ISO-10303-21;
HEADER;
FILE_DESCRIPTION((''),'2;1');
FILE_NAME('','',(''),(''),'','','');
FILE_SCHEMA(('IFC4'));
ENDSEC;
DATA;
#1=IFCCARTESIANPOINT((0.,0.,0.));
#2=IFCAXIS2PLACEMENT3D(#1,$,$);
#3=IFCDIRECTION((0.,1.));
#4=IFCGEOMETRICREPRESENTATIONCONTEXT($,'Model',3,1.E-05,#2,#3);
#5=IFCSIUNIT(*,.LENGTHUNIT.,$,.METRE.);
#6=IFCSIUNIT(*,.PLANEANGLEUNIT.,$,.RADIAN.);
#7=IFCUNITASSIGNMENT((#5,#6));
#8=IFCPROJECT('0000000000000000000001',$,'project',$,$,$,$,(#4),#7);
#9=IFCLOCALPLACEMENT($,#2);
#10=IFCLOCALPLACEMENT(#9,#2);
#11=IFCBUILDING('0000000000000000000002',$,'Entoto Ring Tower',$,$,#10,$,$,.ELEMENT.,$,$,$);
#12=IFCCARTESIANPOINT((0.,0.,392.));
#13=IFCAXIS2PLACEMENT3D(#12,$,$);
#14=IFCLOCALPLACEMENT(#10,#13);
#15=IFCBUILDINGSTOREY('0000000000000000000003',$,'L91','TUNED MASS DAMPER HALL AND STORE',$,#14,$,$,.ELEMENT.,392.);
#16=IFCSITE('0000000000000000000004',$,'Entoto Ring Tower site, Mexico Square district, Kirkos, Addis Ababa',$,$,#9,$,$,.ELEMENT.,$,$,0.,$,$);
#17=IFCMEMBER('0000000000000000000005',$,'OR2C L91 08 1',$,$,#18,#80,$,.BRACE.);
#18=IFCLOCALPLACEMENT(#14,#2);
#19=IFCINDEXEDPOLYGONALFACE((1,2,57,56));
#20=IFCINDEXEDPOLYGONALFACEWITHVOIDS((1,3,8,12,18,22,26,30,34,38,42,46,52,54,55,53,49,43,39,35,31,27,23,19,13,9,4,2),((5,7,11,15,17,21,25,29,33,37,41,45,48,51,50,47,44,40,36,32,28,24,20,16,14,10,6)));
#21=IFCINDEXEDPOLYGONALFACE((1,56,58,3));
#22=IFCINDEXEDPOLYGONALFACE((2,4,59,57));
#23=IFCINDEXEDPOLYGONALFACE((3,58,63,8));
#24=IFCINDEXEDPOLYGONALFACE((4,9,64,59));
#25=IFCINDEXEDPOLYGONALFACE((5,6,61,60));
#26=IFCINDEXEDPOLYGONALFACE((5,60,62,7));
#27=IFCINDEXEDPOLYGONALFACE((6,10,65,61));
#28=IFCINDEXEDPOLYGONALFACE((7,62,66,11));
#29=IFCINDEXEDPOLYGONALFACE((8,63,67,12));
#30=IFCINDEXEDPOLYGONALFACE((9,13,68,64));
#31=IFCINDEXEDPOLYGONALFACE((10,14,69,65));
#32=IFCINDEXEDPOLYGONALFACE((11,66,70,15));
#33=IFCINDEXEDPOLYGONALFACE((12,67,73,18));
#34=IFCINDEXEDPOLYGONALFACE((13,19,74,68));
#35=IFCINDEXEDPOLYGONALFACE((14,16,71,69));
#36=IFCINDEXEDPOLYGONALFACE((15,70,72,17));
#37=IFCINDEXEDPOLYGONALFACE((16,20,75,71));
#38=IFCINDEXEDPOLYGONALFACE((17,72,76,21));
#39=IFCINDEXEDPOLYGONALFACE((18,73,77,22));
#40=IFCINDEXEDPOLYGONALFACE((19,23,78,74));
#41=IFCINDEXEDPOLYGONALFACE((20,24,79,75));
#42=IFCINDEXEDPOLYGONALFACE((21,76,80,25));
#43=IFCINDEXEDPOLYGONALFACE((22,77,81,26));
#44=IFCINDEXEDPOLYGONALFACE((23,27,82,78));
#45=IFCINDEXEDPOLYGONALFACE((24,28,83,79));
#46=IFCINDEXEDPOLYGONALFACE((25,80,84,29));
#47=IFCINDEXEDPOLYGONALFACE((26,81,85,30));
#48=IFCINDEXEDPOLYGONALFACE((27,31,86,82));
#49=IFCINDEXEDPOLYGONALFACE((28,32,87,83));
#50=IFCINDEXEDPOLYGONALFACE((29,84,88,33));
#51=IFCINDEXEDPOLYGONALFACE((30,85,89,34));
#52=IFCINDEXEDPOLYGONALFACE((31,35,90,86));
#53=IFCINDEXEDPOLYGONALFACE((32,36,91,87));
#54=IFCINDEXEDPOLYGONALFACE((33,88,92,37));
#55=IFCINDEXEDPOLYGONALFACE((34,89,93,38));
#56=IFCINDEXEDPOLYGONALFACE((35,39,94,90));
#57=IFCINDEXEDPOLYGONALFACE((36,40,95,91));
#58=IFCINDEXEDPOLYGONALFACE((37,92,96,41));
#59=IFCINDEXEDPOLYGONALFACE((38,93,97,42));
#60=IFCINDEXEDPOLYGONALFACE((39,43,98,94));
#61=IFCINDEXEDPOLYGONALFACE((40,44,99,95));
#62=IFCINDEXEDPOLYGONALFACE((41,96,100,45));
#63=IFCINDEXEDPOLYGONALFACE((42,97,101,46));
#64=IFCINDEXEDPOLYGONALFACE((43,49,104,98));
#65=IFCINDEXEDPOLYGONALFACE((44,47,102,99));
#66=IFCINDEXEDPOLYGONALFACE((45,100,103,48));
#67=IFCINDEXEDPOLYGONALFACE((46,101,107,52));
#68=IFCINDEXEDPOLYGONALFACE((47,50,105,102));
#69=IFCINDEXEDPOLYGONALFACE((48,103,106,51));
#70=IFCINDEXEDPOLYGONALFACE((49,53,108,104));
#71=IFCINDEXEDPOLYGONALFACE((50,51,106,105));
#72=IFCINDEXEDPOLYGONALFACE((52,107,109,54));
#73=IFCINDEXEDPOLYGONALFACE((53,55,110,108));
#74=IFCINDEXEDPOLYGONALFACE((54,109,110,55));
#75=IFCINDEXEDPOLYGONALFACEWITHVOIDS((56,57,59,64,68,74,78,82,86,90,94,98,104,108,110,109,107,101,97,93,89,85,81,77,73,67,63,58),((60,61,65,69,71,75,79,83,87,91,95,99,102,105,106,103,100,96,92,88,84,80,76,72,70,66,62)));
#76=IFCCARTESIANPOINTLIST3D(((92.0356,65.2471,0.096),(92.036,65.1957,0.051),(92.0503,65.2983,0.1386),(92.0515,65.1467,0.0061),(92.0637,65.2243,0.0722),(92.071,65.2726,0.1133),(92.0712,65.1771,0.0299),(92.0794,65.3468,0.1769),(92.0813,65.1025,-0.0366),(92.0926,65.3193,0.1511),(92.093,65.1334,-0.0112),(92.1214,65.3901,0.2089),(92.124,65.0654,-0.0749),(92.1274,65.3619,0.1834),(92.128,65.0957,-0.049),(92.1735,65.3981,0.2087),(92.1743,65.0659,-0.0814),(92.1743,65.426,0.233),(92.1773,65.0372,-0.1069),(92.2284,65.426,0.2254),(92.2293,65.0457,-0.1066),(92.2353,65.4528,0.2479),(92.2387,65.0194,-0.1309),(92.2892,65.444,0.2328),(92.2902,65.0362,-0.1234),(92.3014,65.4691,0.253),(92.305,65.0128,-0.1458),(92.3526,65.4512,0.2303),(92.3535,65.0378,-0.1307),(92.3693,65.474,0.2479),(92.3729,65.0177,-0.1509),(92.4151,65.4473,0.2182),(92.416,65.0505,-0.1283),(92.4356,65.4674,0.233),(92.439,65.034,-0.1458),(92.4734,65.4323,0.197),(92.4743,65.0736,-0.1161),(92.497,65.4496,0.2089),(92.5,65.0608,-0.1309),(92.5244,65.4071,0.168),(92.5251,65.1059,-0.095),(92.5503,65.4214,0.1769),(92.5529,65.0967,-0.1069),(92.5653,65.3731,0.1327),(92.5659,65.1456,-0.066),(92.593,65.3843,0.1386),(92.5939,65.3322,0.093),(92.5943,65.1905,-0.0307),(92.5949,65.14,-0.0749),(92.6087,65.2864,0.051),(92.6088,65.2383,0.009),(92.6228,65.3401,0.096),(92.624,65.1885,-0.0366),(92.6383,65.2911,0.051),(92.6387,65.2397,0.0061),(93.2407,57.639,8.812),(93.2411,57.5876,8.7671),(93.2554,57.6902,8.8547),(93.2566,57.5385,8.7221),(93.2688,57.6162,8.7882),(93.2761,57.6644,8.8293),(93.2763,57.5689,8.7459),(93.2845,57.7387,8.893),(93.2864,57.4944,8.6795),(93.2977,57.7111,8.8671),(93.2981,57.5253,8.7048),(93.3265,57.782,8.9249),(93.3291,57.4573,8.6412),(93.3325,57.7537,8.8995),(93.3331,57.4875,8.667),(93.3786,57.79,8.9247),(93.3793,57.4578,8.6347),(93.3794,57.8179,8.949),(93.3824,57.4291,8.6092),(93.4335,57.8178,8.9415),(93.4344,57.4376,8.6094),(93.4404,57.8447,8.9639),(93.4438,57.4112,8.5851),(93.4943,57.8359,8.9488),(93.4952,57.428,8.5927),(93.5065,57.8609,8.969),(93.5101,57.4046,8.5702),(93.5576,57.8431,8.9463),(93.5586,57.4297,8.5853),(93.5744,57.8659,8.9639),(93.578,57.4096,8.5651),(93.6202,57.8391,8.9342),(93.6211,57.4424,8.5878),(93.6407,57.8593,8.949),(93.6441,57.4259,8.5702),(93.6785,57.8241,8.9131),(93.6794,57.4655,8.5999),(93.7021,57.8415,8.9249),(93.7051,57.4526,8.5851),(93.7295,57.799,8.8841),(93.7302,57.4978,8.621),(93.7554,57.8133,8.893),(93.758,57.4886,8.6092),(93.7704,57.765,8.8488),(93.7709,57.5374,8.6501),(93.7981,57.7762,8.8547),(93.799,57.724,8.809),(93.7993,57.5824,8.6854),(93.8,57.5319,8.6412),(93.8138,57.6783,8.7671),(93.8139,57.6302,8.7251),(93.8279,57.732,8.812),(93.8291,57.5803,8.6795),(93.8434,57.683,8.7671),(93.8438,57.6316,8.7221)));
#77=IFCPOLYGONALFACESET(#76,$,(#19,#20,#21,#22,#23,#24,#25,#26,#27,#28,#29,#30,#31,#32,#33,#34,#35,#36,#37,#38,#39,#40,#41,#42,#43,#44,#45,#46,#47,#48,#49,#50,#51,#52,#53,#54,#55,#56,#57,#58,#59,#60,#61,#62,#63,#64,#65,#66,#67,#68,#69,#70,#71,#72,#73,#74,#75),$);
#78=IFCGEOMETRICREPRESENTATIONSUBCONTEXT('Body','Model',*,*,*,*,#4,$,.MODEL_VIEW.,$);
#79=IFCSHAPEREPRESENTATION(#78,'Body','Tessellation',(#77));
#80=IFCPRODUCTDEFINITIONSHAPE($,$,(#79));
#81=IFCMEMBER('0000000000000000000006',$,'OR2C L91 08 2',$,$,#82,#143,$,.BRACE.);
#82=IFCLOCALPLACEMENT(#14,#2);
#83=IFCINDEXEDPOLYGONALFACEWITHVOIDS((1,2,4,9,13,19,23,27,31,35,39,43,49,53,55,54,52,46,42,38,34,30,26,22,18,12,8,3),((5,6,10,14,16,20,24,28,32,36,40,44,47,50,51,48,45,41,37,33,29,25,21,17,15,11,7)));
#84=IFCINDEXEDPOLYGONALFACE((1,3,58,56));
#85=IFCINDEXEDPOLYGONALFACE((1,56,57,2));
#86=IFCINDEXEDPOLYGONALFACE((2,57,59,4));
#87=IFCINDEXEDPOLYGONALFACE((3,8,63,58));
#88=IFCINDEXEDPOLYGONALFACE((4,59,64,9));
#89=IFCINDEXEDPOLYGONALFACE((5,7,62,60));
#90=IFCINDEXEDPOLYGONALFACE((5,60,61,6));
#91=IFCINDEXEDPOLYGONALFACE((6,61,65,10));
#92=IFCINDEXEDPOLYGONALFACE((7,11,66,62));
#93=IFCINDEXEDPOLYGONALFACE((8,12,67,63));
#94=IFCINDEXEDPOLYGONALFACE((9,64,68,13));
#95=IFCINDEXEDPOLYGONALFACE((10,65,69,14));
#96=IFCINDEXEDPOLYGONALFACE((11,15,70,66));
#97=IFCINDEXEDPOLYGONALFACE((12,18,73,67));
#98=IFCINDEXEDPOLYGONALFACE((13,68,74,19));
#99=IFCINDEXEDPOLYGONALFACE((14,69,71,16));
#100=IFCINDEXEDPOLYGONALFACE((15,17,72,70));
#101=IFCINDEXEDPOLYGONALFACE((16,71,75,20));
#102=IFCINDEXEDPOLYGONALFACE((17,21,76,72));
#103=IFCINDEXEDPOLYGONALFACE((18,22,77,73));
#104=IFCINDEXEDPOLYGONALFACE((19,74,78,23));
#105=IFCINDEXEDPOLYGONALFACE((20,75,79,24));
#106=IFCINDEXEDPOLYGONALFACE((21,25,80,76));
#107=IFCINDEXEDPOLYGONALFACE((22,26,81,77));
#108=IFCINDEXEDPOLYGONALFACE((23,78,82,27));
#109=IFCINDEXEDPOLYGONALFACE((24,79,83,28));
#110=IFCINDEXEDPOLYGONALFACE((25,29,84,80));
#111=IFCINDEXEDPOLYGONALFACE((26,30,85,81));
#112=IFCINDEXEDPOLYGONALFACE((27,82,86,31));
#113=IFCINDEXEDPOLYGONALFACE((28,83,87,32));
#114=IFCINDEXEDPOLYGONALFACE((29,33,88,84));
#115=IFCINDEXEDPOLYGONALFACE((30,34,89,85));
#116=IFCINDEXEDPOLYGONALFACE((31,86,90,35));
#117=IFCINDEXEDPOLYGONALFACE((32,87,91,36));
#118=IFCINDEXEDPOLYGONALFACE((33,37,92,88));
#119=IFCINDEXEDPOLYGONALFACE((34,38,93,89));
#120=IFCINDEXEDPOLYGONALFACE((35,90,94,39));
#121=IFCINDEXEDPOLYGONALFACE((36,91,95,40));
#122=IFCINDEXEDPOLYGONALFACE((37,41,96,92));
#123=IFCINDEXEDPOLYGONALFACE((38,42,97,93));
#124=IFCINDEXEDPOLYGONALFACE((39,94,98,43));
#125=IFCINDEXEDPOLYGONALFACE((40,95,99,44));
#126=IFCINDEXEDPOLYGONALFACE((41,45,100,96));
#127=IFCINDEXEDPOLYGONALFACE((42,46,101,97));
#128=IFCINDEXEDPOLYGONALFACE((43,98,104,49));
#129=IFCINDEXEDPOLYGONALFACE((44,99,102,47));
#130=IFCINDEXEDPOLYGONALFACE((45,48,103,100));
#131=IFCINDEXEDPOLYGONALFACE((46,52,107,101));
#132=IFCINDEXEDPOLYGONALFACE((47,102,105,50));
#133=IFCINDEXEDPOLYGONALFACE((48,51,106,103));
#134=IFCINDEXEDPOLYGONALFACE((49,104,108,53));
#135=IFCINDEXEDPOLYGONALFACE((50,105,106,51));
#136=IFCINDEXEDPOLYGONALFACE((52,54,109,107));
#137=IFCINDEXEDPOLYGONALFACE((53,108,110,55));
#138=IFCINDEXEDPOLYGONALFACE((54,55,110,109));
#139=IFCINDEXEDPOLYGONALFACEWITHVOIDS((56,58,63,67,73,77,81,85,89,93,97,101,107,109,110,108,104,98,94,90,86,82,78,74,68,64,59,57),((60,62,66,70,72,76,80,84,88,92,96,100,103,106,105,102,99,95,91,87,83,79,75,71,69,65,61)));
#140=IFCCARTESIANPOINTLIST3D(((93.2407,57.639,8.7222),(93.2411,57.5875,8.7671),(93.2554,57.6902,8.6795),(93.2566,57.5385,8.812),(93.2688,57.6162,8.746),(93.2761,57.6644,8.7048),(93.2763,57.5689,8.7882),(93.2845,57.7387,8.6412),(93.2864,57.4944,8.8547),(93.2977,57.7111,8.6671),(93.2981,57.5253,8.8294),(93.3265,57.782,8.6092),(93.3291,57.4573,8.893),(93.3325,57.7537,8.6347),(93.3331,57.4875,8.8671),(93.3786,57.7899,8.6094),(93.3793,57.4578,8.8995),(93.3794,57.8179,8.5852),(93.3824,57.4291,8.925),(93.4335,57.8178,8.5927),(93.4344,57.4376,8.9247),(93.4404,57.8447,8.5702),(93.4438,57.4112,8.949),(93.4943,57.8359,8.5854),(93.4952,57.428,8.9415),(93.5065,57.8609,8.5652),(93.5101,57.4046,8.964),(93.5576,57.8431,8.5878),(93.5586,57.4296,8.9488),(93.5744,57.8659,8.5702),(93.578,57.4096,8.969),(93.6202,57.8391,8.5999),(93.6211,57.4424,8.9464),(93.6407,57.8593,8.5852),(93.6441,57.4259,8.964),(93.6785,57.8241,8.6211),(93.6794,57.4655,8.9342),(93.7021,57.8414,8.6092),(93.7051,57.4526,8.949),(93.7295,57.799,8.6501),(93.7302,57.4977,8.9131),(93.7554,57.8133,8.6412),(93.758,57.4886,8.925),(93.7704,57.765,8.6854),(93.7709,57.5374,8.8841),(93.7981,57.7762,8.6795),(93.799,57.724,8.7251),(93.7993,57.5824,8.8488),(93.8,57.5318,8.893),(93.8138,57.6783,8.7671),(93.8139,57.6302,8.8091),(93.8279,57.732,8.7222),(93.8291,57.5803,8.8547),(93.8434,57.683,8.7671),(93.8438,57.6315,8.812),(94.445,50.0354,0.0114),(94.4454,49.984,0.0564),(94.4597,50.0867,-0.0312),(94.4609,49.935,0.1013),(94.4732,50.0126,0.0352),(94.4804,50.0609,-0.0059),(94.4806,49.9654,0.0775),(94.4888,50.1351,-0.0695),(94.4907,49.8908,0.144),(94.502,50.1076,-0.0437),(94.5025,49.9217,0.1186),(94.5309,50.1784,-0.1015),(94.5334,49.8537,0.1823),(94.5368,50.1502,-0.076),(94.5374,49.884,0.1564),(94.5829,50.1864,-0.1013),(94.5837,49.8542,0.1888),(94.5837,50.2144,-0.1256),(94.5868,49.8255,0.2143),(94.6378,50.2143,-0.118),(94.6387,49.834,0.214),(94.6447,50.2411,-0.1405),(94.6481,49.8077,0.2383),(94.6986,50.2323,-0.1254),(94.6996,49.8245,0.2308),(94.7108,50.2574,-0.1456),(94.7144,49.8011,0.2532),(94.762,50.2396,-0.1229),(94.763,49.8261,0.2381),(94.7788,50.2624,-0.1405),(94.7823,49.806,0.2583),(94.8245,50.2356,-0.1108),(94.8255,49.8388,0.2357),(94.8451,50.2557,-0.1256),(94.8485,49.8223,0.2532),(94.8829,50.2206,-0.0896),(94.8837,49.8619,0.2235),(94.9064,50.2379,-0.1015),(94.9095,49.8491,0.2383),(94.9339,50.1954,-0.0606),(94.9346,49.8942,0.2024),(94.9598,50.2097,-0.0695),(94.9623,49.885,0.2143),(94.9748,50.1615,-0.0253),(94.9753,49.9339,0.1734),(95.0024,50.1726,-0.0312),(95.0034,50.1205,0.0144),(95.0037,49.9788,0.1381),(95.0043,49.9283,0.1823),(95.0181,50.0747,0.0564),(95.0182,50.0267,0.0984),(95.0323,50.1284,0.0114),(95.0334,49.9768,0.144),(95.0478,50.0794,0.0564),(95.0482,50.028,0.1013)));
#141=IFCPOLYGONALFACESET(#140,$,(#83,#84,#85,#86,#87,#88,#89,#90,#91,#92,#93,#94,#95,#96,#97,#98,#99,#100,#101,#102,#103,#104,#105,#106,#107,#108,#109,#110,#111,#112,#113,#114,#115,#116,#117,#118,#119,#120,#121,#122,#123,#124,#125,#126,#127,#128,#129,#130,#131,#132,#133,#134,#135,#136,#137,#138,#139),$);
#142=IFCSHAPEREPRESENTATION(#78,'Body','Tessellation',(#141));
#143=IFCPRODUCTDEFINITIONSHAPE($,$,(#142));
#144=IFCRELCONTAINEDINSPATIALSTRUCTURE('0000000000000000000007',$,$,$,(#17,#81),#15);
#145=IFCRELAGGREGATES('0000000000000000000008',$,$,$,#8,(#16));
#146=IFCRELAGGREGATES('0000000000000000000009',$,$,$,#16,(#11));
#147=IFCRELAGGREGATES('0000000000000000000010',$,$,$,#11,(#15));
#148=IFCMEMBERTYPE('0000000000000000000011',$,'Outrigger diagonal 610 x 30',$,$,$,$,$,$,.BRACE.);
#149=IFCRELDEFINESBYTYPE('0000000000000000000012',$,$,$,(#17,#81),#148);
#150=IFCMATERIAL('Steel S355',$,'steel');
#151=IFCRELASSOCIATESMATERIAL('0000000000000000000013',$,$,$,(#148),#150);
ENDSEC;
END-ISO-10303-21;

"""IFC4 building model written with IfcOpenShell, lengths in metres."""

from ifc_helpers import new_model, si_unit, direction, frame, origin, origin_2d, place, context, subcontext, project, spatial, circle, hollow_circle, extrude, material, material_profile, profile_set, type_object, element, save


model = new_model("IFC4")

# Units and contexts
model_context = context("Model", 3, precision=1e-05, world=origin(), true_north=direction((0.0, 1.0)))
body_context = subcontext(model_context, "Body", "Model", "MODEL_VIEW")
ifc_project = project(units=[si_unit("LENGTHUNIT", "METRE"), si_unit("PLANEANGLEUNIT", "RADIAN")], contexts=[model_context])

# Site, building, storey
site_placement = place(None, origin())
site = spatial("IfcSite", under=ifc_project, at=site_placement, Name="Entoto Ring Tower site, Mexico Square district, Kirkos, Addis Ababa", CompositionType="ELEMENT", RefElevation=0.0)
building_placement = place(site_placement, origin())
building = spatial("IfcBuilding", under=site, at=building_placement, Name="Entoto Ring Tower", CompositionType="ELEMENT")
storey_placement = place(building_placement, frame((0.0, 0.0, 392.0)))
storey = spatial("IfcBuildingStorey", under=building, at=storey_placement, Name="L91", Description="TUNED MASS DAMPER HALL AND STORE", CompositionType="ELEMENT", Elevation=392.0)

# Members
ifc_material_1 = material(Name="Steel S355", Category="steel")
ifc_material_profile_1 = material_profile(ifc_material_1, hollow_circle(Radius=0.3049, WallThickness=0.03, at=origin_2d()), Name="CHS 610 x 30")
ifc_material_2 = material(Name="Concrete C60/75", Category="concrete")
ifc_material_profile_2 = material_profile(ifc_material_2, circle(Radius=0.2749, at=origin_2d()), Name="Concrete C60/75 infill")
ifc_profile_set_1 = profile_set([ifc_material_profile_1, ifc_material_profile_2], Name="Steel S355")
member_type_1 = type_object("IfcMemberType", Name="Outrigger diagonal 610 x 30", PredefinedType="BRACE", material=ifc_profile_set_1)
member_1_placement = place(storey_placement, frame((92.3372, 65.2434, 0.051), z_axis=(0.103599, -0.654065, 0.749311), x_axis=(0.987687, 0.156443, 0.0)))
element("IfcMember", 1, at=member_1_placement, inside=storey, type_object=member_type_1, Name="OR2C L91 08 1", PredefinedType="BRACE", context=body_context, shape_type="SweptSolid", body=[
    extrude(hollow_circle(Radius=0.3049, WallThickness=0.03, at=origin_2d()), origin(), (0.0, 0.0, 1.0), 11.6321),
])
member_2_placement = place(storey_placement, frame((93.5422, 57.6353, 8.7671), z_axis=(0.1036, -0.654067, -0.749308), x_axis=(0.987687, 0.156443, 0.0)))
element("IfcMember", 2, at=member_2_placement, inside=storey, type_object=member_type_1, Name="OR2C L91 08 2", PredefinedType="BRACE", context=body_context, shape_type="SweptSolid", body=[
    extrude(hollow_circle(Radius=0.3049, WallThickness=0.03, at=origin_2d()), origin(), (0.0, 0.0, 1.0), 11.625),
])

save(model, "model.ifc")
